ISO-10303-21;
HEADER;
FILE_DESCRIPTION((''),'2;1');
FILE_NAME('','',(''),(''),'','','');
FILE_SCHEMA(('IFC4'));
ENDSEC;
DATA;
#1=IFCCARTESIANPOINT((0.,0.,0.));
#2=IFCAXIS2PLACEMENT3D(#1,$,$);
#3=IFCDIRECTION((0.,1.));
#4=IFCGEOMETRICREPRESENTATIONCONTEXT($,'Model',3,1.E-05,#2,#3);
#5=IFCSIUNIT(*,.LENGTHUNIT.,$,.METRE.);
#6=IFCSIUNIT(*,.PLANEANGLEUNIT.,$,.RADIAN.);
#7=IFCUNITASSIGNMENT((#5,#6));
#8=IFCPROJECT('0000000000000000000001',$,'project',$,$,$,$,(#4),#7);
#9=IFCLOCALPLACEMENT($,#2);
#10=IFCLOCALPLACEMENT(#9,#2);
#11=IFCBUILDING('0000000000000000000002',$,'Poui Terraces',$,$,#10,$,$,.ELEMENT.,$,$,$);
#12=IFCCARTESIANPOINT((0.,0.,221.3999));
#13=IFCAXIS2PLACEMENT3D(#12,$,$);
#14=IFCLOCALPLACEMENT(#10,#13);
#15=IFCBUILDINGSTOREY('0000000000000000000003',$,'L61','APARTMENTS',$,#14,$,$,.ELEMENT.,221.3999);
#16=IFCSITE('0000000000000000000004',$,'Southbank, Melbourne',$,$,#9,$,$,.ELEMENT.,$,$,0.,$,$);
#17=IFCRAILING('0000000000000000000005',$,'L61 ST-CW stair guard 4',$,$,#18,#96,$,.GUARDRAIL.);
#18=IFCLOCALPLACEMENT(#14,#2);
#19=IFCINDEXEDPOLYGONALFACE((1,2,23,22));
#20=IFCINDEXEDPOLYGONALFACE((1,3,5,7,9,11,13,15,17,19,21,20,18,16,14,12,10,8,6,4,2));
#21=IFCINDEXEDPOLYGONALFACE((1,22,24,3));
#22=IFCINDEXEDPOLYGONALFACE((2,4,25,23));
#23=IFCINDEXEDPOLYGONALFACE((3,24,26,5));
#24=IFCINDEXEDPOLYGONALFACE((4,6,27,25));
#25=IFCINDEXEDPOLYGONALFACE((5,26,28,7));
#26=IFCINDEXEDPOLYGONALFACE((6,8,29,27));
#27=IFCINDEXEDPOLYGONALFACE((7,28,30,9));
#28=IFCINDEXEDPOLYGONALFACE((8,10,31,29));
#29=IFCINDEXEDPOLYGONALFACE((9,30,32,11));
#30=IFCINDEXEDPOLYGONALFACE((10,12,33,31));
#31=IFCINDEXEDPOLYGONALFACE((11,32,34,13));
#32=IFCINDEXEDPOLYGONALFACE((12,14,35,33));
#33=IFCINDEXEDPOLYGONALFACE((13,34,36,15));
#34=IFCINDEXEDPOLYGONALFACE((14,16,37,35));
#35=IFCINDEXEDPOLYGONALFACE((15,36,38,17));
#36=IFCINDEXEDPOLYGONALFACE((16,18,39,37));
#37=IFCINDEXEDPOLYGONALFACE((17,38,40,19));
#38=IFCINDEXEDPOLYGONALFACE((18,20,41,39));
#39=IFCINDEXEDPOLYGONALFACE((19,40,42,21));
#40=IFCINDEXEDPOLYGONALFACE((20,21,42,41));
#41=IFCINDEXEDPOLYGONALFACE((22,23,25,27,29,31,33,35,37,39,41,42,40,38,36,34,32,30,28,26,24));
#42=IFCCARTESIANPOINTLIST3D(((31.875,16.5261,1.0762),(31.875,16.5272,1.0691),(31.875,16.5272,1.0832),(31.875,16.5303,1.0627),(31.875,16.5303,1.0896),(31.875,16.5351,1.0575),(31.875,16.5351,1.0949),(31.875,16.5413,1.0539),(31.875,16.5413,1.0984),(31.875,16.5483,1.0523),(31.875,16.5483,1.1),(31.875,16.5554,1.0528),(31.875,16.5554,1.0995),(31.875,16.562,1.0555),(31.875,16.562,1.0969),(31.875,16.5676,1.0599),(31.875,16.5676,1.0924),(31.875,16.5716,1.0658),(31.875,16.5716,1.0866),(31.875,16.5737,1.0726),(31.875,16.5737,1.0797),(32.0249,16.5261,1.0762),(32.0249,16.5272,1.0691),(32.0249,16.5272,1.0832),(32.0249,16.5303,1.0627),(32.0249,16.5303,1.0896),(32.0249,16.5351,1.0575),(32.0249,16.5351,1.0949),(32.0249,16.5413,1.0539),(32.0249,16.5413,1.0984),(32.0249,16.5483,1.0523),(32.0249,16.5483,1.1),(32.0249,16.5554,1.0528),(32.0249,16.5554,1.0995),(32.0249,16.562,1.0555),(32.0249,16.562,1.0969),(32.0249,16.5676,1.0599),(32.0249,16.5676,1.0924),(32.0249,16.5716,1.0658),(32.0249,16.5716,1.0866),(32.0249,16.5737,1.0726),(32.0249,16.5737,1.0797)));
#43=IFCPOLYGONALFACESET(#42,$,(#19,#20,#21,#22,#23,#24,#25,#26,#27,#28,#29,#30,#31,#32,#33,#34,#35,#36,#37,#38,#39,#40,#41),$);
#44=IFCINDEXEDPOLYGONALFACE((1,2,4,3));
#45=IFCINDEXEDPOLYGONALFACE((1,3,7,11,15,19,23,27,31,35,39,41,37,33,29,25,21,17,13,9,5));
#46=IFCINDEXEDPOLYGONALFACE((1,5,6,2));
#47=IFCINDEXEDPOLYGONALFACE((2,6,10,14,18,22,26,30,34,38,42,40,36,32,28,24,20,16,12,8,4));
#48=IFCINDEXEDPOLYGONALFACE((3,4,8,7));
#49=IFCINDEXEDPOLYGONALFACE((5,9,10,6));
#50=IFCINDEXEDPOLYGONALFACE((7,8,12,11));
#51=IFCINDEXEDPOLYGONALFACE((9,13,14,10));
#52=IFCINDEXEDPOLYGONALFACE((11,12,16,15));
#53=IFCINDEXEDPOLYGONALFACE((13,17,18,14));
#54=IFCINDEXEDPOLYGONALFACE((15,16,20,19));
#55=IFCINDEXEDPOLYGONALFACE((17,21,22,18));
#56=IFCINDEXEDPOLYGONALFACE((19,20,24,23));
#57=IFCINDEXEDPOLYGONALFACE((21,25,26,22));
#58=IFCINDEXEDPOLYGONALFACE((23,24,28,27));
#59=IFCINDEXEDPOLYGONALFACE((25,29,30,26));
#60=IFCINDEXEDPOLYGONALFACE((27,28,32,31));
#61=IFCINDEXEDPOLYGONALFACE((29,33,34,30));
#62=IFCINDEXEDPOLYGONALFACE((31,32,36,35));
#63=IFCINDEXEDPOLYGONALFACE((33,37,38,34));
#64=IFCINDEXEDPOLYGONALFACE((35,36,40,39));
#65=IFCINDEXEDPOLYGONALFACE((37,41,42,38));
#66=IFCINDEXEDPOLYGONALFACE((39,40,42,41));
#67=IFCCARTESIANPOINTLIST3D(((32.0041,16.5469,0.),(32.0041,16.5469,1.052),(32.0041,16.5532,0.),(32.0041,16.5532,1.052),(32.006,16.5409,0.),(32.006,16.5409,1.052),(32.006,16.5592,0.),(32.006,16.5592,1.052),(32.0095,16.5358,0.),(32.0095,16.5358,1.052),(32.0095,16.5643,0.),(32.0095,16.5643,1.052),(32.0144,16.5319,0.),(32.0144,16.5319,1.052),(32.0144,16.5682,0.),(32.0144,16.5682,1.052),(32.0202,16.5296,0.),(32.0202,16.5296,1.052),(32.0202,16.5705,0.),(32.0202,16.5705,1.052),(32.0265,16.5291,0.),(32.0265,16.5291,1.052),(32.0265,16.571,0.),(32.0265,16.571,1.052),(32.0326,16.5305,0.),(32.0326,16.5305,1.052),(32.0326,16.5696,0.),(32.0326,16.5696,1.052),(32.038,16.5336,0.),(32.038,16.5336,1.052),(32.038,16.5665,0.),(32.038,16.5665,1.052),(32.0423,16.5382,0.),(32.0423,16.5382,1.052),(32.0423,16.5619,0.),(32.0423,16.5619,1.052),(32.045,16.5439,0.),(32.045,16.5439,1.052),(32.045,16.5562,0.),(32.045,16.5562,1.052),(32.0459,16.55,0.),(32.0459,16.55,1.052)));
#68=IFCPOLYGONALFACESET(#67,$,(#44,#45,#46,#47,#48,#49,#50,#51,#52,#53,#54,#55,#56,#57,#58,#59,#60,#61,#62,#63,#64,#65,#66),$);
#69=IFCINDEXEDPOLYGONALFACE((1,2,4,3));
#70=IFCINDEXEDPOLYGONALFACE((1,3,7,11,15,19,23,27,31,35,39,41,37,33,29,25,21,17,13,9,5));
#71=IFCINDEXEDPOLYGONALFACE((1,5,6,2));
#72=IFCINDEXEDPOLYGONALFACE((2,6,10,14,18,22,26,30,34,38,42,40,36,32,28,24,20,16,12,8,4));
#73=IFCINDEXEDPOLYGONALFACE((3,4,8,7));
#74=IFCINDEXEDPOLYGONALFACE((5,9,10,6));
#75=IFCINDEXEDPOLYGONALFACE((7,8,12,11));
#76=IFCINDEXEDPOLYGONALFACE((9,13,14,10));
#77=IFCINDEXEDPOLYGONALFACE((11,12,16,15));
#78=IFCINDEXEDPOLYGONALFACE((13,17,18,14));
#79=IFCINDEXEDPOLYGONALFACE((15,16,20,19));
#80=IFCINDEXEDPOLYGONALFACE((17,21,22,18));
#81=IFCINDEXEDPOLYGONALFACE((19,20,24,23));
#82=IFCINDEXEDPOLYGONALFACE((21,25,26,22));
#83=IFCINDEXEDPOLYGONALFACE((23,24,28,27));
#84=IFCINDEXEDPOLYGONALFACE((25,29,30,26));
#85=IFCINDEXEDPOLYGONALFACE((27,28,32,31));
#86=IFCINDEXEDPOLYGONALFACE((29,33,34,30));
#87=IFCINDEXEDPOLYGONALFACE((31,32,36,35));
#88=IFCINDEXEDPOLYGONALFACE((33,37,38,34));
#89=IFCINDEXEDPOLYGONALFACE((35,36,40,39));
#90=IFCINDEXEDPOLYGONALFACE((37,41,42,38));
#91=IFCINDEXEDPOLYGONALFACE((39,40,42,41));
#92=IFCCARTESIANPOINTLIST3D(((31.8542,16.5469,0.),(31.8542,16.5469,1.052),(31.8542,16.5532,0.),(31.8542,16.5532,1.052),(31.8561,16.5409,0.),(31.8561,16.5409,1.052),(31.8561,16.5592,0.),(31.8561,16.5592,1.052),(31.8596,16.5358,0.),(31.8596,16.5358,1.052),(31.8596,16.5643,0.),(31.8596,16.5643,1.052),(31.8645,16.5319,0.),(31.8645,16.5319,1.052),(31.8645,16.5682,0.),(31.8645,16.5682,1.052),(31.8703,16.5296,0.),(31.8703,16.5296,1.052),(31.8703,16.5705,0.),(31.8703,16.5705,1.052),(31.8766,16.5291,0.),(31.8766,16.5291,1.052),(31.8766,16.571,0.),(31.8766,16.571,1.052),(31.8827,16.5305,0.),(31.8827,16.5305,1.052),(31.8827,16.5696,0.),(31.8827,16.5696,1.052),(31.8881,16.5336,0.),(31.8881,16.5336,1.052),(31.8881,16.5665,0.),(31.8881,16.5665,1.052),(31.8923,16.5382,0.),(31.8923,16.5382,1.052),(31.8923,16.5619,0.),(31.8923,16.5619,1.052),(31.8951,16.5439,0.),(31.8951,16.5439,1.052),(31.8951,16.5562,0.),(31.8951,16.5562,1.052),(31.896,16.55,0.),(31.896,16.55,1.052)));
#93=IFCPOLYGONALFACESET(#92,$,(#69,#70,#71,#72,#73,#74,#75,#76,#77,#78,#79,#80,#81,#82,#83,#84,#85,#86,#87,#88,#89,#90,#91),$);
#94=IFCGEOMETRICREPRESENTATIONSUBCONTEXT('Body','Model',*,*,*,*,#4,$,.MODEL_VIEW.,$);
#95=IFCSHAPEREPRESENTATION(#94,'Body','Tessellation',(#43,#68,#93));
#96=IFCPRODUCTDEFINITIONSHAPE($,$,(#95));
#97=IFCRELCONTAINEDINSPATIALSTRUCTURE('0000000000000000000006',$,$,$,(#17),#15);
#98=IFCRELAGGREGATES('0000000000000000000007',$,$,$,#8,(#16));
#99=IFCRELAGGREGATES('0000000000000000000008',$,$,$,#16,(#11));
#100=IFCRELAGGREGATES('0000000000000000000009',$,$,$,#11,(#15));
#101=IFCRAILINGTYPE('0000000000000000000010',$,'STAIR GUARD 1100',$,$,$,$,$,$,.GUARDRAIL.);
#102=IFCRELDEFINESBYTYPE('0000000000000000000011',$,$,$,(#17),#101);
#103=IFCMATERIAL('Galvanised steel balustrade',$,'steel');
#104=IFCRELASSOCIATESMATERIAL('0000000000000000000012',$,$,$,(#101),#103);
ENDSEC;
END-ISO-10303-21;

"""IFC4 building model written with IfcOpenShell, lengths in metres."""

from ifc_helpers import new_model, si_unit, direction, frame, origin, origin_2d, place, context, subcontext, project, spatial, circle, extrude, material, type_object, element, save


model = new_model("IFC4")

# Units and contexts
model_context = context("Model", 3, precision=1e-05, world=origin(), true_north=direction((0.0, 1.0)))
body_context = subcontext(model_context, "Body", "Model", "MODEL_VIEW")
ifc_project = project(units=[si_unit("LENGTHUNIT", "METRE"), si_unit("PLANEANGLEUNIT", "RADIAN")], contexts=[model_context])

# Site, building, storey
site_placement = place(None, origin())
site = spatial("IfcSite", under=ifc_project, at=site_placement, Name="Southbank, Melbourne", CompositionType="ELEMENT", RefElevation=0.0)
building_placement = place(site_placement, origin())
building = spatial("IfcBuilding", under=site, at=building_placement, Name="Poui Terraces", CompositionType="ELEMENT")
storey_placement = place(building_placement, frame((0.0, 0.0, 221.3999)))
storey = spatial("IfcBuildingStorey", under=building, at=storey_placement, Name="L61", Description="APARTMENTS", CompositionType="ELEMENT", Elevation=221.3999)

# Railing
ifc_material_1 = material(Name="Galvanised steel balustrade", Category="steel")
railing_type_1 = type_object("IfcRailingType", Name="STAIR GUARD 1100", PredefinedType="GUARDRAIL", material=ifc_material_1)
railing_1_placement = place(storey_placement, frame((32.0249, 16.55, 0.0)))
element("IfcRailing", 1, at=railing_1_placement, inside=storey, type_object=railing_type_1, Name="L61 ST-CW stair guard 4", PredefinedType="GUARDRAIL", context=body_context, shape_type="SweptSolid", body=[
    extrude(circle(Radius=0.0239, at=origin_2d()), frame((0.0, 0.0, 1.0762), z_axis=(-1.0, 0.0, 0.0), x_axis=(0.0, -1.0, 0.0)), (0.0, 0.0, 1.0), 0.1499),
    extrude(circle(Radius=0.021, at=origin_2d()), origin(), (0.0, 0.0, 1.0), 1.052),
    extrude(circle(Radius=0.021, at=origin_2d()), frame((-0.1499, 0.0, 0.0)), (0.0, 0.0, 1.0), 1.052),
])

save(model, "model.ifc")
